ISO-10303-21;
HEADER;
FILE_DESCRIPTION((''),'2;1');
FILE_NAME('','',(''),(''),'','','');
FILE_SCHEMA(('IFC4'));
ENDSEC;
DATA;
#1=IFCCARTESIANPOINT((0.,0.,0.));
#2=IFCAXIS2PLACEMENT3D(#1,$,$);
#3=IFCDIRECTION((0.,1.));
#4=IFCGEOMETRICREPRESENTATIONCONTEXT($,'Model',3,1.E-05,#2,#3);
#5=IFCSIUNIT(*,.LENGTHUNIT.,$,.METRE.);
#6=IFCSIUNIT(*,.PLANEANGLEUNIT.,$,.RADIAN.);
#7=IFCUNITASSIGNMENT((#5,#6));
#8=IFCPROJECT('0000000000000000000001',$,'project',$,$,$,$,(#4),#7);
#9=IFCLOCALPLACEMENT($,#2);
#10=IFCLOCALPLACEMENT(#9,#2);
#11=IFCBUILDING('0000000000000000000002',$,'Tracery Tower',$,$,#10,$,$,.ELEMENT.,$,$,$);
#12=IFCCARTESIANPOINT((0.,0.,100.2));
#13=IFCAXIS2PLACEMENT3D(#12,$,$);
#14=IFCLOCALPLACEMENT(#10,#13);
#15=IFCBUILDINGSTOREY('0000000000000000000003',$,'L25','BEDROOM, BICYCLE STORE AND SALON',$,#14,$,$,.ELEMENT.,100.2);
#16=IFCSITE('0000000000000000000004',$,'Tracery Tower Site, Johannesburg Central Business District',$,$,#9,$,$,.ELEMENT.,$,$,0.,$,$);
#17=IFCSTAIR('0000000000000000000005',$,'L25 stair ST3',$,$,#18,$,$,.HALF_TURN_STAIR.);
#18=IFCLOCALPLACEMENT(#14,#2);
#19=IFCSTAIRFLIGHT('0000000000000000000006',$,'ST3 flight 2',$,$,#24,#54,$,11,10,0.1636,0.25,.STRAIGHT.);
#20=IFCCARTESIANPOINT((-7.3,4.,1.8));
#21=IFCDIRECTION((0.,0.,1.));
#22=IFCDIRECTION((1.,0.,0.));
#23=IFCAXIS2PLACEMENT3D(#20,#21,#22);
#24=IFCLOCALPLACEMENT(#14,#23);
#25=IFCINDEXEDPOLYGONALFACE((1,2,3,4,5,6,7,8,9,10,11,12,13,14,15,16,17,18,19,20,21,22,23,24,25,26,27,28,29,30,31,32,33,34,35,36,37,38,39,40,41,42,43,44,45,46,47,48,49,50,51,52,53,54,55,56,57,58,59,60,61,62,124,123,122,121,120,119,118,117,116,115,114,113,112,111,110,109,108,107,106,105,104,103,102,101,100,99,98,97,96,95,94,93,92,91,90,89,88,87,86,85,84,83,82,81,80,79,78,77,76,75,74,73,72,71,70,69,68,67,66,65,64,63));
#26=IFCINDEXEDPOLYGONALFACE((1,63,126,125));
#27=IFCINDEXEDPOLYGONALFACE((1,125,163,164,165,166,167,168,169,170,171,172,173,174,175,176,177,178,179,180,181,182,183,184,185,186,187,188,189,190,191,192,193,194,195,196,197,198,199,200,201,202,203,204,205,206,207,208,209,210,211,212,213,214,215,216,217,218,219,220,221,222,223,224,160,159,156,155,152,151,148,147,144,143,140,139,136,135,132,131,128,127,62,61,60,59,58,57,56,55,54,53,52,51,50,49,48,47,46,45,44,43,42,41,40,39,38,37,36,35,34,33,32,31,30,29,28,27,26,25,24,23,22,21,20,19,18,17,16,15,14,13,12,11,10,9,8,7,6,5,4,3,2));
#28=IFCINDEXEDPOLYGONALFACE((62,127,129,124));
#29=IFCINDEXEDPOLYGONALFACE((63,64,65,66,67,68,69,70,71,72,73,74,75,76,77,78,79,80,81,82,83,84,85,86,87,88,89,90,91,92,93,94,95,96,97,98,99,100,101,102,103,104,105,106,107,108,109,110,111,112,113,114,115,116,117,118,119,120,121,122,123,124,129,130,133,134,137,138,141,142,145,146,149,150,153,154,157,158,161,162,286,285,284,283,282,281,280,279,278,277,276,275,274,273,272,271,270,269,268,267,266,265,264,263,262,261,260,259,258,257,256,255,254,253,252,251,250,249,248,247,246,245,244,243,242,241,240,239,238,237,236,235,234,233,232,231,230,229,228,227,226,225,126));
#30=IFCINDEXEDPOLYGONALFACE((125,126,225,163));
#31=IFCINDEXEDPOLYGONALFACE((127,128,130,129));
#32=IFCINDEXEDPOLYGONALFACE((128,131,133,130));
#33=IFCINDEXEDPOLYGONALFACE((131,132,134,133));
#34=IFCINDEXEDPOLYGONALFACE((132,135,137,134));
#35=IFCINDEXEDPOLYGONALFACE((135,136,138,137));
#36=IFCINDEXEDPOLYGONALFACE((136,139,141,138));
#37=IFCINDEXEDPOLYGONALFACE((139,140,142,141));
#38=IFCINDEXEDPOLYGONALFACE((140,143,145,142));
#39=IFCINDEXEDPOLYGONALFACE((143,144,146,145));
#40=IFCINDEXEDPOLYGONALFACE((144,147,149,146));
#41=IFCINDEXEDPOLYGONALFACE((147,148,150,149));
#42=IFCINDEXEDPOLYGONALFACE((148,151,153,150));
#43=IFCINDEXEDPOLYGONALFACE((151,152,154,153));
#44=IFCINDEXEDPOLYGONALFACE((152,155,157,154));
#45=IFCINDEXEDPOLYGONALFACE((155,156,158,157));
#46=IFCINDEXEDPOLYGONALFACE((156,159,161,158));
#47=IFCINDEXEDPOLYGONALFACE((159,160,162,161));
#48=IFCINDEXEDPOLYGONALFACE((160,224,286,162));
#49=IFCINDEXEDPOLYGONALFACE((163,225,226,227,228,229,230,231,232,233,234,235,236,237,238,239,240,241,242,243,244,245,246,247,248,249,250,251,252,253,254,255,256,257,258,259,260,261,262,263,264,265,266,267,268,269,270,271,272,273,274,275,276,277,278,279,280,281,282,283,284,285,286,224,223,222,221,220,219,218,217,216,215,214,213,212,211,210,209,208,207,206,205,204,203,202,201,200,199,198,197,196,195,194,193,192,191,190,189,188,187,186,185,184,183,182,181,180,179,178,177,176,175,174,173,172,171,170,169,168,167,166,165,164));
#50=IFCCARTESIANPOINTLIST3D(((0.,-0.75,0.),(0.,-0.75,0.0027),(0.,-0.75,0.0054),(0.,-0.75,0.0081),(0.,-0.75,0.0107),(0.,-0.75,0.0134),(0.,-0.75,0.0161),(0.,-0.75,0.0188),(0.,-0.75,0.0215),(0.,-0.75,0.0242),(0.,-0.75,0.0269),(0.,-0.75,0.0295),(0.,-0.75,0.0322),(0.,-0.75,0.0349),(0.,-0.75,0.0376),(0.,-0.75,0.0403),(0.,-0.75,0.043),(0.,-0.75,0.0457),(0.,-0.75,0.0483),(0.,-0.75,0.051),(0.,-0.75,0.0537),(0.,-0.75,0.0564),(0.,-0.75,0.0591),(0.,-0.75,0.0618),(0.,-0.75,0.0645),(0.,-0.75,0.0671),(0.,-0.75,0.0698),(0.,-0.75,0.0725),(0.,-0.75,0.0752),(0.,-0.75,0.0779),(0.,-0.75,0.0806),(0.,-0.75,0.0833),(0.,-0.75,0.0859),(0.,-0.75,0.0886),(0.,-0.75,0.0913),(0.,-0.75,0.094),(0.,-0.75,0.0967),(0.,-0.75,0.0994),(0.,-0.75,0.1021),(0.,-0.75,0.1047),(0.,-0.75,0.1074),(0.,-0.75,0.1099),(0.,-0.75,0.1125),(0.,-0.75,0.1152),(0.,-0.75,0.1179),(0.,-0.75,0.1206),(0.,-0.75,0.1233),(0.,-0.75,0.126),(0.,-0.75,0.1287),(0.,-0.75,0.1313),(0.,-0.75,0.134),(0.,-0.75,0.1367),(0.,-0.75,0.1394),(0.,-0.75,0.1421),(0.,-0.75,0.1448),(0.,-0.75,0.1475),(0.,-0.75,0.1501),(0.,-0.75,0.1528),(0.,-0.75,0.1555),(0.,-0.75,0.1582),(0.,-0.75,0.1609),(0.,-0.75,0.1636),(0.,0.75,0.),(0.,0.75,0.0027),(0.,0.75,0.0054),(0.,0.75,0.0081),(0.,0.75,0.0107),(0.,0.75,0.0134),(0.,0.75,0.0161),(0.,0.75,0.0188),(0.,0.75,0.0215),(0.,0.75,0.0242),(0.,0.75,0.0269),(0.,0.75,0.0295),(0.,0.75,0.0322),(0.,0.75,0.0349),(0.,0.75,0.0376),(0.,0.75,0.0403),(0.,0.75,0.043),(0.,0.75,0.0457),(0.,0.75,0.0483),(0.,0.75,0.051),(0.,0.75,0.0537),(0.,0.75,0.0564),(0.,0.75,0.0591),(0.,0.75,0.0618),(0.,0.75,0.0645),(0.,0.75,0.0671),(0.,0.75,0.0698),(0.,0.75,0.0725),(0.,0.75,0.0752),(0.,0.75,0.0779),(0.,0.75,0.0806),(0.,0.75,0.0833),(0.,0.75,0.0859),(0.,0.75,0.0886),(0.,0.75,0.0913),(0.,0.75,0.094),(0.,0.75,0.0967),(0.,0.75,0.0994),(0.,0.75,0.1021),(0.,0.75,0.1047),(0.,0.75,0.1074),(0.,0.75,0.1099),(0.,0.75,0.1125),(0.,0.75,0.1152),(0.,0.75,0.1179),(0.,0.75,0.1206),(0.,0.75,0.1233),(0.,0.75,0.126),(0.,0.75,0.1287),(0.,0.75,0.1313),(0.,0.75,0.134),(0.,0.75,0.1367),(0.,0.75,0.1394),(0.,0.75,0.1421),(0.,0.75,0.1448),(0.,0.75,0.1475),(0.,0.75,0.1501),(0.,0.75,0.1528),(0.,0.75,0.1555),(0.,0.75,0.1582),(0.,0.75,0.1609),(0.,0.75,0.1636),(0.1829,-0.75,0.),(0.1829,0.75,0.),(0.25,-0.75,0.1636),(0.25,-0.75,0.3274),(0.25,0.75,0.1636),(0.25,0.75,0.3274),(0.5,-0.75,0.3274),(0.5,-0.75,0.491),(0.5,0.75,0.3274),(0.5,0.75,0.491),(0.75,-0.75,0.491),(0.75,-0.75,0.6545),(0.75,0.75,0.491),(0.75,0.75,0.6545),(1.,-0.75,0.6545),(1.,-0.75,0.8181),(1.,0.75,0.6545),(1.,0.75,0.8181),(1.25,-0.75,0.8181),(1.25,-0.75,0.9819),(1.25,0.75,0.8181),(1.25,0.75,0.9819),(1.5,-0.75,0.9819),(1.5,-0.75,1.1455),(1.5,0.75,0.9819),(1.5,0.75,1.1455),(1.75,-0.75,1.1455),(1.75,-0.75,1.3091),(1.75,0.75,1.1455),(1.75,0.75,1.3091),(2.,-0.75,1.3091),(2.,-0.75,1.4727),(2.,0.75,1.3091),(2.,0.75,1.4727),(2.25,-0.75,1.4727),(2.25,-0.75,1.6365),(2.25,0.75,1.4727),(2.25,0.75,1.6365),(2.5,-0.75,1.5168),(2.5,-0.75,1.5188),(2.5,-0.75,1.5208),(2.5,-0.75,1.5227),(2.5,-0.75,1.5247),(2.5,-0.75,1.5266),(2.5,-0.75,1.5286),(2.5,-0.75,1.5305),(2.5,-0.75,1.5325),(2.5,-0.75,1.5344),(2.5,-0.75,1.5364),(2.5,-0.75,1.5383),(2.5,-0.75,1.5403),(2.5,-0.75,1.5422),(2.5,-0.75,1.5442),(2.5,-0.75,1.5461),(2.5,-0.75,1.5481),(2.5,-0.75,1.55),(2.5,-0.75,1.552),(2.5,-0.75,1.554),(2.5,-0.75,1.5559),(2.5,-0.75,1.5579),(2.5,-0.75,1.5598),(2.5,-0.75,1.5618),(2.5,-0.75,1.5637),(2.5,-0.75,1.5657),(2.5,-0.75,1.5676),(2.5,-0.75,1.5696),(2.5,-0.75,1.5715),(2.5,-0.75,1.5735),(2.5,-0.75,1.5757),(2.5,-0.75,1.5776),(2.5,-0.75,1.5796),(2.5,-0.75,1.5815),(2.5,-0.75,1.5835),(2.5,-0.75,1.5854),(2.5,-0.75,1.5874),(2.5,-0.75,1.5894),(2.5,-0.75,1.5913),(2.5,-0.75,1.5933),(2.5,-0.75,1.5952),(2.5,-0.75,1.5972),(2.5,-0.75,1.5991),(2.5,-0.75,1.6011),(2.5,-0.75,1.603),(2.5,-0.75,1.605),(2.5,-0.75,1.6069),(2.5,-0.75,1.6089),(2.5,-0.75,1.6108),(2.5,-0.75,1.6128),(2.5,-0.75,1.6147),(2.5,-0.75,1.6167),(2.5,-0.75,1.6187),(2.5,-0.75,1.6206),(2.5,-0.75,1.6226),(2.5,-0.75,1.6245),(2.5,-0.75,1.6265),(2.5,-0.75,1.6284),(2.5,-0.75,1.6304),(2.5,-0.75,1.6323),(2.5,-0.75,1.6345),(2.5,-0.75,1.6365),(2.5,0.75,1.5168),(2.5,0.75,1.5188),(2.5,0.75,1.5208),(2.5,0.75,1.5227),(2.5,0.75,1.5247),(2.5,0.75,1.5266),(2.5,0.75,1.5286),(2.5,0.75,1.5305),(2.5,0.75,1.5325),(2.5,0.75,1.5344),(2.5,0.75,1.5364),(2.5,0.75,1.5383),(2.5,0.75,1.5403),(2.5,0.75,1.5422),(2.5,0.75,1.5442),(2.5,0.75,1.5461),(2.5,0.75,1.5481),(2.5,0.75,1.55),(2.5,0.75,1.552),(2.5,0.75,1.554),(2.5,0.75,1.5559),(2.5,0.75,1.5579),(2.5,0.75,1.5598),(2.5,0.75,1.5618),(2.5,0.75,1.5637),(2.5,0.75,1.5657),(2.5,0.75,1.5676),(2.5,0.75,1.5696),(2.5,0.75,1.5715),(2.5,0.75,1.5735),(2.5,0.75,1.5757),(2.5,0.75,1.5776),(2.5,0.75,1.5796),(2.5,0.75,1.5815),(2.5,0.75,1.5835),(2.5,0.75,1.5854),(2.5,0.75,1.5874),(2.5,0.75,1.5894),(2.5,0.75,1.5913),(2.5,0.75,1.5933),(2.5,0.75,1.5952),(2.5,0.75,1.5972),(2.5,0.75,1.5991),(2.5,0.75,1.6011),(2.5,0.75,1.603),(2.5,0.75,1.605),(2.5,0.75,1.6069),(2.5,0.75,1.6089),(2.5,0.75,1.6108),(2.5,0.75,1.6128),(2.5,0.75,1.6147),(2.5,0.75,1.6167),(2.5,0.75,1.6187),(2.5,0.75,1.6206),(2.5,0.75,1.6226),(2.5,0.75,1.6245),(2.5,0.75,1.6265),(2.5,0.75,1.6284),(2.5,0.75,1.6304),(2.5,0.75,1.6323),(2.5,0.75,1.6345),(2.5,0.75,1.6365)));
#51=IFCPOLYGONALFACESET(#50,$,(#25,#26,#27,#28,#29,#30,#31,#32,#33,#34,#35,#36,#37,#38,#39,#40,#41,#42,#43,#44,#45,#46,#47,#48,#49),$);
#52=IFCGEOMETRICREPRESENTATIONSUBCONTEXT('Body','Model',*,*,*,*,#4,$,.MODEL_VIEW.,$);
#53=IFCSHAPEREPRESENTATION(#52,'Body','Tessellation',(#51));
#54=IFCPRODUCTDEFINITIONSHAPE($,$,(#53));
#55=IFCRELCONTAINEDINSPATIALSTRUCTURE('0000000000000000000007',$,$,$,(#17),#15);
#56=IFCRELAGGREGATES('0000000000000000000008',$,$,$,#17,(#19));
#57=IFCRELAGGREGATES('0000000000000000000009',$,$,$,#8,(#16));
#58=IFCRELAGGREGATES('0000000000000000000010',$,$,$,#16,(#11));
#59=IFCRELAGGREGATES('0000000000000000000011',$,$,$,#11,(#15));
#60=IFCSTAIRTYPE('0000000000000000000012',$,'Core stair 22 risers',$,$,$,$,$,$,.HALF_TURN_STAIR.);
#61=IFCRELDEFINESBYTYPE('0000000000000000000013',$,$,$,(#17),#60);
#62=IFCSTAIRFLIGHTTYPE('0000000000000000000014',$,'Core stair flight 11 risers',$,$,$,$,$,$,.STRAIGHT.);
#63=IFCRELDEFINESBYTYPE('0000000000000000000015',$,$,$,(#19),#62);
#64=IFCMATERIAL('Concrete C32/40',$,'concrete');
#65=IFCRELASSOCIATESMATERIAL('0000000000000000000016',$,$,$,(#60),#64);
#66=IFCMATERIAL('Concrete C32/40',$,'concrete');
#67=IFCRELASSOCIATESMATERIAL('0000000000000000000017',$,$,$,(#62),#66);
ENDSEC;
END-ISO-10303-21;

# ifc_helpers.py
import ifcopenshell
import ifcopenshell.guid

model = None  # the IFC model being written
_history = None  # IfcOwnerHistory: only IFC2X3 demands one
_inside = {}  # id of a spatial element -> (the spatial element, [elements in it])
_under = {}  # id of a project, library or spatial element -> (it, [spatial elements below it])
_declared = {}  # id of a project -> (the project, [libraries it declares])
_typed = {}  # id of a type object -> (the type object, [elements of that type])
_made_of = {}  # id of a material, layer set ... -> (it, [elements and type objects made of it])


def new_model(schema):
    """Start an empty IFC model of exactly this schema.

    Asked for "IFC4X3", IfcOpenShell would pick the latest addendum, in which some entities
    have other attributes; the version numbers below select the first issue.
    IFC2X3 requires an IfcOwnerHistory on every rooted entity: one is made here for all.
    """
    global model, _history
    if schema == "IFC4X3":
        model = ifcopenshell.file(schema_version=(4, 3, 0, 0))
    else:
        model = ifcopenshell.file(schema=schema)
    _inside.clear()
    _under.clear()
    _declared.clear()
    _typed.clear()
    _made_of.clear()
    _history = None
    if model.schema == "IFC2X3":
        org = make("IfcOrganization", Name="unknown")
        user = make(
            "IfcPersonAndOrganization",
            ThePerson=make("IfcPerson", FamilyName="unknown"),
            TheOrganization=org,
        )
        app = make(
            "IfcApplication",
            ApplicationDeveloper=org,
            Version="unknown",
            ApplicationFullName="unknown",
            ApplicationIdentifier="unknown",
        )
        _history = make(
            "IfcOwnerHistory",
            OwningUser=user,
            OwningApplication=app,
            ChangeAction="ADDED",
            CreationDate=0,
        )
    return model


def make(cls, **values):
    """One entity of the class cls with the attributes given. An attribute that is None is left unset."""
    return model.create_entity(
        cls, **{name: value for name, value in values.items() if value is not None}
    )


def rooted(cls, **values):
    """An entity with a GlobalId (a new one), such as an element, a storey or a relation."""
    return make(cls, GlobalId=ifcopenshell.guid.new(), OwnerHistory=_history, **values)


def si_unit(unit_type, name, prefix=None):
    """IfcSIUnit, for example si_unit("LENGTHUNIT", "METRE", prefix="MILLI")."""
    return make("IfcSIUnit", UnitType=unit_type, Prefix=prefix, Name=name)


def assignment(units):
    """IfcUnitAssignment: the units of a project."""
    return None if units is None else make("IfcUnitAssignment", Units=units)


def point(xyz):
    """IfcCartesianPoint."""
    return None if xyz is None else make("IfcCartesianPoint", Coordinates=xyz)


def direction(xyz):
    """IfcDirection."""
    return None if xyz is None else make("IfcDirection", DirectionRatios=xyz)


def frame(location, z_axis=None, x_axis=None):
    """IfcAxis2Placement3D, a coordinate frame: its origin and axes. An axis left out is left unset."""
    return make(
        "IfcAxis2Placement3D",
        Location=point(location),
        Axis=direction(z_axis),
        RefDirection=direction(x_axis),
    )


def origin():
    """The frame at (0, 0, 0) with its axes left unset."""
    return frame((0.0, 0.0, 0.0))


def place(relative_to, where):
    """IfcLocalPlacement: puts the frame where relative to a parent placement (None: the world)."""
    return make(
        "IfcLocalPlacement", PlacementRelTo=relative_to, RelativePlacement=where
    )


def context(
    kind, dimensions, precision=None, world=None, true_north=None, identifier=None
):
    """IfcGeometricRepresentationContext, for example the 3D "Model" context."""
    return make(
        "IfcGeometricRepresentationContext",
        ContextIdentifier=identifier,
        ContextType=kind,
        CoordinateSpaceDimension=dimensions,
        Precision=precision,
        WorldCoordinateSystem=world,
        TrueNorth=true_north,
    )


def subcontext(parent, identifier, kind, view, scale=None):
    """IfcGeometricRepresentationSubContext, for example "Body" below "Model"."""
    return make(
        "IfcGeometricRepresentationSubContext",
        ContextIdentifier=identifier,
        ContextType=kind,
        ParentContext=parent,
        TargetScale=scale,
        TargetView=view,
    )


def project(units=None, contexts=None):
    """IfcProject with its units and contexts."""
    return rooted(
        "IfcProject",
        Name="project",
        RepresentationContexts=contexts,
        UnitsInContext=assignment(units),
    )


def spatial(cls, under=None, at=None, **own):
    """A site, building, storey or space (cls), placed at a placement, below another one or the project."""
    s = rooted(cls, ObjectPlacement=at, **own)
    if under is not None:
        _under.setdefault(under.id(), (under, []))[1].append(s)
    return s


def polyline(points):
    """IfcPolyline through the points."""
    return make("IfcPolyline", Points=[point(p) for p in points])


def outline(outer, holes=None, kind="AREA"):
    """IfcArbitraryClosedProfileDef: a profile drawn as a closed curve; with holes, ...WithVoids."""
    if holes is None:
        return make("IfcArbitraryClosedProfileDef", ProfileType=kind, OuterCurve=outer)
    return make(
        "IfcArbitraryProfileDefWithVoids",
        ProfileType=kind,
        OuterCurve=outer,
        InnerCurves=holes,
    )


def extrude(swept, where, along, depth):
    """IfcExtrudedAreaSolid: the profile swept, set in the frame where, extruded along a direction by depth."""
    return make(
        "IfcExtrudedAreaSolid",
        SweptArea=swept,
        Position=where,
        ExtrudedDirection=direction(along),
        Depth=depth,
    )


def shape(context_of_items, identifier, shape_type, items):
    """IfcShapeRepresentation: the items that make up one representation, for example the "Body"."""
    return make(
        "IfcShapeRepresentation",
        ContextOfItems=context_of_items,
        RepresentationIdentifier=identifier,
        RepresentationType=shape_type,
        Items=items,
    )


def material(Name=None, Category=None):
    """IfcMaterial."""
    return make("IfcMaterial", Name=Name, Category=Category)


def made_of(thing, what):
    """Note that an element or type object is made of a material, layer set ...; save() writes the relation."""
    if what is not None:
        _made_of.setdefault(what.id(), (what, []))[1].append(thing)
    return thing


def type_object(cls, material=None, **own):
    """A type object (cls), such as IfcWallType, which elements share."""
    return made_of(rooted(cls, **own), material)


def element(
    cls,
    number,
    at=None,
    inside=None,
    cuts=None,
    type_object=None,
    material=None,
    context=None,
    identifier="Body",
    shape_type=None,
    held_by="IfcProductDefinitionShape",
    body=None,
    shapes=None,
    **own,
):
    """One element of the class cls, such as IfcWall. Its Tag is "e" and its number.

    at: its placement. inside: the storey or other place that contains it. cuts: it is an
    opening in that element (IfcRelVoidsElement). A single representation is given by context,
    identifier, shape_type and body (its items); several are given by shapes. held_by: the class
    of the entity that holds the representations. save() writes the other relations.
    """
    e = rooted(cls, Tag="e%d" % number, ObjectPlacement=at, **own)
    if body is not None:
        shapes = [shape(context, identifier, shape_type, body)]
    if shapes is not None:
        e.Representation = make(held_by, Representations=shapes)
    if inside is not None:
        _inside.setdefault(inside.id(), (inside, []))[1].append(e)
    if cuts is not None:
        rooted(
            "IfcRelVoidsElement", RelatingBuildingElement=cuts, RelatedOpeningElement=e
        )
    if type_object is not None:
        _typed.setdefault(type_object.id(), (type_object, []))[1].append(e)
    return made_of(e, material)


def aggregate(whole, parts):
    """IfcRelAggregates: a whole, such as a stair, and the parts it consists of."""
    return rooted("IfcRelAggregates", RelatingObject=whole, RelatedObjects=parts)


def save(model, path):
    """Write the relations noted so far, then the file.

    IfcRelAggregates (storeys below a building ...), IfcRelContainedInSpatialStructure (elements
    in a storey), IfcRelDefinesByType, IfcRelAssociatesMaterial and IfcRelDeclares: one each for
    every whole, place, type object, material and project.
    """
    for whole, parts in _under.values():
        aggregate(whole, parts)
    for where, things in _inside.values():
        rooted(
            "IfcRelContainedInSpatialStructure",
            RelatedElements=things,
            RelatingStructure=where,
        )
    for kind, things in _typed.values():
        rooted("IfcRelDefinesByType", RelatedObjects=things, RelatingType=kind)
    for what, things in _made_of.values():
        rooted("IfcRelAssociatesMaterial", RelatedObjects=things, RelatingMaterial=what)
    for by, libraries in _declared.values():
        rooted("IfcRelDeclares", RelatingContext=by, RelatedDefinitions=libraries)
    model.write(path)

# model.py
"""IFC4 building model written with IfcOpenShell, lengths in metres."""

from ifc_helpers import new_model, si_unit, direction, frame, origin, place, context, subcontext, project, spatial, polyline, outline, extrude, material, type_object, element, aggregate, save


model = new_model("IFC4")

# Units and contexts
model_context = context("Model", 3, precision=1e-05, world=origin(), true_north=direction((0.0, 1.0)))
body_context = subcontext(model_context, "Body", "Model", "MODEL_VIEW")
ifc_project = project(units=[si_unit("LENGTHUNIT", "METRE"), si_unit("PLANEANGLEUNIT", "RADIAN")], contexts=[model_context])

# Site, building, storey
site_placement = place(None, origin())
site = spatial("IfcSite", under=ifc_project, at=site_placement, Name="Tracery Tower Site, Johannesburg Central Business District", CompositionType="ELEMENT", RefElevation=0.0)
building_placement = place(site_placement, origin())
building = spatial("IfcBuilding", under=site, at=building_placement, Name="Tracery Tower", CompositionType="ELEMENT")
storey_placement = place(building_placement, frame((0.0, 0.0, 100.2)))
storey = spatial("IfcBuildingStorey", under=building, at=storey_placement, Name="L25", Description="BEDROOM, BICYCLE STORE AND SALON", CompositionType="ELEMENT", Elevation=100.2)

# Stair, stair flight
ifc_material_1 = material(Name="Concrete C32/40", Category="concrete")
stair_type = type_object("IfcStairType", Name="Core stair 22 risers", PredefinedType="HALF_TURN_STAIR", material=ifc_material_1)
stair_placement = place(storey_placement, origin())
stair = element("IfcStair", 1, at=stair_placement, inside=storey, type_object=stair_type, Name="L25 stair ST3", PredefinedType="HALF_TURN_STAIR")
ifc_material_2 = material(Name="Concrete C32/40", Category="concrete")
stair_flight_type = type_object("IfcStairFlightType", Name="Core stair flight 11 risers", PredefinedType="STRAIGHT", material=ifc_material_2)
stair_flight_1_placement = place(storey_placement, frame((-7.3, 4.0, 1.8), z_axis=(0.0, 0.0, 1.0), x_axis=(1.0, 0.0, 0.0)))
stair_flight_1 = element("IfcStairFlight", 2, at=stair_flight_1_placement, type_object=stair_flight_type, Name="ST3 flight 2", NumberOfRisers=11, NumberOfTreads=10, PredefinedType="STRAIGHT", RiserHeight=0.1636, TreadLength=0.25, context=body_context, shape_type="SweptSolid", body=[
    extrude(outline(polyline([(0.0, 0.0), (0.0, 0.0027), (0.0, 0.0054), (0.0, 0.0081), (0.0, 0.0107), (0.0, 0.0134), (0.0, 0.0161), (0.0, 0.0188), (0.0, 0.0215), (0.0, 0.0242), (0.0, 0.0269), (0.0, 0.0295), (0.0, 0.0322), (0.0, 0.0349), (0.0, 0.0376), (0.0, 0.0403), (0.0, 0.043), (0.0, 0.0457), (0.0, 0.0483), (0.0, 0.051), (0.0, 0.0537), (0.0, 0.0564), (0.0, 0.0591), (0.0, 0.0618), (0.0, 0.0645), (0.0, 0.0671), (0.0, 0.0698), (0.0, 0.0725), (0.0, 0.0752), (0.0, 0.0779), (0.0, 0.0806), (0.0, 0.0833), (0.0, 0.0859), (0.0, 0.0886), (0.0, 0.0913), (0.0, 0.094), (0.0, 0.0967), (0.0, 0.0994), (0.0, 0.1021), (0.0, 0.1047), (0.0, 0.1074), (0.0, 0.1099), (0.0, 0.1125), (0.0, 0.1152), (0.0, 0.1179), (0.0, 0.1206), (0.0, 0.1233), (0.0, 0.126), (0.0, 0.1287), (0.0, 0.1313), (0.0, 0.134), (0.0, 0.1367), (0.0, 0.1394), (0.0, 0.1421), (0.0, 0.1448), (0.0, 0.1475), (0.0, 0.1501), (0.0, 0.1528), (0.0, 0.1555), (0.0, 0.1582), (0.0, 0.1609), (0.0, 0.1636), (0.25, 0.1636), (0.25, 0.3274), (0.5, 0.3274), (0.5, 0.491), (0.75, 0.491), (0.75, 0.6545), (1.0, 0.6545), (1.0, 0.8181), (1.25, 0.8181), (1.25, 0.9819), (1.5, 0.9819), (1.5, 1.1455), (1.75, 1.1455), (1.75, 1.3091), (2.0, 1.3091), (2.0, 1.4727), (2.25, 1.4727), (2.25, 1.6365), (2.5, 1.6365), (2.5, 1.6345), (2.5, 1.6323), (2.5, 1.6304), (2.5, 1.6284), (2.5, 1.6265), (2.5, 1.6245), (2.5, 1.6226), (2.5, 1.6206), (2.5, 1.6187), (2.5, 1.6167), (2.5, 1.6147), (2.5, 1.6128), (2.5, 1.6108), (2.5, 1.6089), (2.5, 1.6069), (2.5, 1.605), (2.5, 1.603), (2.5, 1.6011), (2.5, 1.5991), (2.5, 1.5972), (2.5, 1.5952), (2.5, 1.5933), (2.5, 1.5913), (2.5, 1.5894), (2.5, 1.5874), (2.5, 1.5854), (2.5, 1.5835), (2.5, 1.5815), (2.5, 1.5796), (2.5, 1.5776), (2.5, 1.5757), (2.5, 1.5735), (2.5, 1.5715), (2.5, 1.5696), (2.5, 1.5676), (2.5, 1.5657), (2.5, 1.5637), (2.5, 1.5618), (2.5, 1.5598), (2.5, 1.5579), (2.5, 1.5559), (2.5, 1.554), (2.5, 1.552), (2.5, 1.55), (2.5, 1.5481), (2.5, 1.5461), (2.5, 1.5442), (2.5, 1.5422), (2.5, 1.5403), (2.5, 1.5383), (2.5, 1.5364), (2.5, 1.5344), (2.5, 1.5325), (2.5, 1.5305), (2.5, 1.5286), (2.5, 1.5266), (2.5, 1.5247), (2.5, 1.5227), (2.5, 1.5208), (2.5, 1.5188), (2.5, 1.5168), (0.1829, 0.0), (0.0, 0.0)])), frame((0.0, 0.75, 0.0), z_axis=(0.0, -1.0, 0.0), x_axis=(1.0, 0.0, 0.0)), (0.0, 0.0, 1.0), 1.5),
])
aggregate(stair, [stair_flight_1])

save(model, "model.ifc")
